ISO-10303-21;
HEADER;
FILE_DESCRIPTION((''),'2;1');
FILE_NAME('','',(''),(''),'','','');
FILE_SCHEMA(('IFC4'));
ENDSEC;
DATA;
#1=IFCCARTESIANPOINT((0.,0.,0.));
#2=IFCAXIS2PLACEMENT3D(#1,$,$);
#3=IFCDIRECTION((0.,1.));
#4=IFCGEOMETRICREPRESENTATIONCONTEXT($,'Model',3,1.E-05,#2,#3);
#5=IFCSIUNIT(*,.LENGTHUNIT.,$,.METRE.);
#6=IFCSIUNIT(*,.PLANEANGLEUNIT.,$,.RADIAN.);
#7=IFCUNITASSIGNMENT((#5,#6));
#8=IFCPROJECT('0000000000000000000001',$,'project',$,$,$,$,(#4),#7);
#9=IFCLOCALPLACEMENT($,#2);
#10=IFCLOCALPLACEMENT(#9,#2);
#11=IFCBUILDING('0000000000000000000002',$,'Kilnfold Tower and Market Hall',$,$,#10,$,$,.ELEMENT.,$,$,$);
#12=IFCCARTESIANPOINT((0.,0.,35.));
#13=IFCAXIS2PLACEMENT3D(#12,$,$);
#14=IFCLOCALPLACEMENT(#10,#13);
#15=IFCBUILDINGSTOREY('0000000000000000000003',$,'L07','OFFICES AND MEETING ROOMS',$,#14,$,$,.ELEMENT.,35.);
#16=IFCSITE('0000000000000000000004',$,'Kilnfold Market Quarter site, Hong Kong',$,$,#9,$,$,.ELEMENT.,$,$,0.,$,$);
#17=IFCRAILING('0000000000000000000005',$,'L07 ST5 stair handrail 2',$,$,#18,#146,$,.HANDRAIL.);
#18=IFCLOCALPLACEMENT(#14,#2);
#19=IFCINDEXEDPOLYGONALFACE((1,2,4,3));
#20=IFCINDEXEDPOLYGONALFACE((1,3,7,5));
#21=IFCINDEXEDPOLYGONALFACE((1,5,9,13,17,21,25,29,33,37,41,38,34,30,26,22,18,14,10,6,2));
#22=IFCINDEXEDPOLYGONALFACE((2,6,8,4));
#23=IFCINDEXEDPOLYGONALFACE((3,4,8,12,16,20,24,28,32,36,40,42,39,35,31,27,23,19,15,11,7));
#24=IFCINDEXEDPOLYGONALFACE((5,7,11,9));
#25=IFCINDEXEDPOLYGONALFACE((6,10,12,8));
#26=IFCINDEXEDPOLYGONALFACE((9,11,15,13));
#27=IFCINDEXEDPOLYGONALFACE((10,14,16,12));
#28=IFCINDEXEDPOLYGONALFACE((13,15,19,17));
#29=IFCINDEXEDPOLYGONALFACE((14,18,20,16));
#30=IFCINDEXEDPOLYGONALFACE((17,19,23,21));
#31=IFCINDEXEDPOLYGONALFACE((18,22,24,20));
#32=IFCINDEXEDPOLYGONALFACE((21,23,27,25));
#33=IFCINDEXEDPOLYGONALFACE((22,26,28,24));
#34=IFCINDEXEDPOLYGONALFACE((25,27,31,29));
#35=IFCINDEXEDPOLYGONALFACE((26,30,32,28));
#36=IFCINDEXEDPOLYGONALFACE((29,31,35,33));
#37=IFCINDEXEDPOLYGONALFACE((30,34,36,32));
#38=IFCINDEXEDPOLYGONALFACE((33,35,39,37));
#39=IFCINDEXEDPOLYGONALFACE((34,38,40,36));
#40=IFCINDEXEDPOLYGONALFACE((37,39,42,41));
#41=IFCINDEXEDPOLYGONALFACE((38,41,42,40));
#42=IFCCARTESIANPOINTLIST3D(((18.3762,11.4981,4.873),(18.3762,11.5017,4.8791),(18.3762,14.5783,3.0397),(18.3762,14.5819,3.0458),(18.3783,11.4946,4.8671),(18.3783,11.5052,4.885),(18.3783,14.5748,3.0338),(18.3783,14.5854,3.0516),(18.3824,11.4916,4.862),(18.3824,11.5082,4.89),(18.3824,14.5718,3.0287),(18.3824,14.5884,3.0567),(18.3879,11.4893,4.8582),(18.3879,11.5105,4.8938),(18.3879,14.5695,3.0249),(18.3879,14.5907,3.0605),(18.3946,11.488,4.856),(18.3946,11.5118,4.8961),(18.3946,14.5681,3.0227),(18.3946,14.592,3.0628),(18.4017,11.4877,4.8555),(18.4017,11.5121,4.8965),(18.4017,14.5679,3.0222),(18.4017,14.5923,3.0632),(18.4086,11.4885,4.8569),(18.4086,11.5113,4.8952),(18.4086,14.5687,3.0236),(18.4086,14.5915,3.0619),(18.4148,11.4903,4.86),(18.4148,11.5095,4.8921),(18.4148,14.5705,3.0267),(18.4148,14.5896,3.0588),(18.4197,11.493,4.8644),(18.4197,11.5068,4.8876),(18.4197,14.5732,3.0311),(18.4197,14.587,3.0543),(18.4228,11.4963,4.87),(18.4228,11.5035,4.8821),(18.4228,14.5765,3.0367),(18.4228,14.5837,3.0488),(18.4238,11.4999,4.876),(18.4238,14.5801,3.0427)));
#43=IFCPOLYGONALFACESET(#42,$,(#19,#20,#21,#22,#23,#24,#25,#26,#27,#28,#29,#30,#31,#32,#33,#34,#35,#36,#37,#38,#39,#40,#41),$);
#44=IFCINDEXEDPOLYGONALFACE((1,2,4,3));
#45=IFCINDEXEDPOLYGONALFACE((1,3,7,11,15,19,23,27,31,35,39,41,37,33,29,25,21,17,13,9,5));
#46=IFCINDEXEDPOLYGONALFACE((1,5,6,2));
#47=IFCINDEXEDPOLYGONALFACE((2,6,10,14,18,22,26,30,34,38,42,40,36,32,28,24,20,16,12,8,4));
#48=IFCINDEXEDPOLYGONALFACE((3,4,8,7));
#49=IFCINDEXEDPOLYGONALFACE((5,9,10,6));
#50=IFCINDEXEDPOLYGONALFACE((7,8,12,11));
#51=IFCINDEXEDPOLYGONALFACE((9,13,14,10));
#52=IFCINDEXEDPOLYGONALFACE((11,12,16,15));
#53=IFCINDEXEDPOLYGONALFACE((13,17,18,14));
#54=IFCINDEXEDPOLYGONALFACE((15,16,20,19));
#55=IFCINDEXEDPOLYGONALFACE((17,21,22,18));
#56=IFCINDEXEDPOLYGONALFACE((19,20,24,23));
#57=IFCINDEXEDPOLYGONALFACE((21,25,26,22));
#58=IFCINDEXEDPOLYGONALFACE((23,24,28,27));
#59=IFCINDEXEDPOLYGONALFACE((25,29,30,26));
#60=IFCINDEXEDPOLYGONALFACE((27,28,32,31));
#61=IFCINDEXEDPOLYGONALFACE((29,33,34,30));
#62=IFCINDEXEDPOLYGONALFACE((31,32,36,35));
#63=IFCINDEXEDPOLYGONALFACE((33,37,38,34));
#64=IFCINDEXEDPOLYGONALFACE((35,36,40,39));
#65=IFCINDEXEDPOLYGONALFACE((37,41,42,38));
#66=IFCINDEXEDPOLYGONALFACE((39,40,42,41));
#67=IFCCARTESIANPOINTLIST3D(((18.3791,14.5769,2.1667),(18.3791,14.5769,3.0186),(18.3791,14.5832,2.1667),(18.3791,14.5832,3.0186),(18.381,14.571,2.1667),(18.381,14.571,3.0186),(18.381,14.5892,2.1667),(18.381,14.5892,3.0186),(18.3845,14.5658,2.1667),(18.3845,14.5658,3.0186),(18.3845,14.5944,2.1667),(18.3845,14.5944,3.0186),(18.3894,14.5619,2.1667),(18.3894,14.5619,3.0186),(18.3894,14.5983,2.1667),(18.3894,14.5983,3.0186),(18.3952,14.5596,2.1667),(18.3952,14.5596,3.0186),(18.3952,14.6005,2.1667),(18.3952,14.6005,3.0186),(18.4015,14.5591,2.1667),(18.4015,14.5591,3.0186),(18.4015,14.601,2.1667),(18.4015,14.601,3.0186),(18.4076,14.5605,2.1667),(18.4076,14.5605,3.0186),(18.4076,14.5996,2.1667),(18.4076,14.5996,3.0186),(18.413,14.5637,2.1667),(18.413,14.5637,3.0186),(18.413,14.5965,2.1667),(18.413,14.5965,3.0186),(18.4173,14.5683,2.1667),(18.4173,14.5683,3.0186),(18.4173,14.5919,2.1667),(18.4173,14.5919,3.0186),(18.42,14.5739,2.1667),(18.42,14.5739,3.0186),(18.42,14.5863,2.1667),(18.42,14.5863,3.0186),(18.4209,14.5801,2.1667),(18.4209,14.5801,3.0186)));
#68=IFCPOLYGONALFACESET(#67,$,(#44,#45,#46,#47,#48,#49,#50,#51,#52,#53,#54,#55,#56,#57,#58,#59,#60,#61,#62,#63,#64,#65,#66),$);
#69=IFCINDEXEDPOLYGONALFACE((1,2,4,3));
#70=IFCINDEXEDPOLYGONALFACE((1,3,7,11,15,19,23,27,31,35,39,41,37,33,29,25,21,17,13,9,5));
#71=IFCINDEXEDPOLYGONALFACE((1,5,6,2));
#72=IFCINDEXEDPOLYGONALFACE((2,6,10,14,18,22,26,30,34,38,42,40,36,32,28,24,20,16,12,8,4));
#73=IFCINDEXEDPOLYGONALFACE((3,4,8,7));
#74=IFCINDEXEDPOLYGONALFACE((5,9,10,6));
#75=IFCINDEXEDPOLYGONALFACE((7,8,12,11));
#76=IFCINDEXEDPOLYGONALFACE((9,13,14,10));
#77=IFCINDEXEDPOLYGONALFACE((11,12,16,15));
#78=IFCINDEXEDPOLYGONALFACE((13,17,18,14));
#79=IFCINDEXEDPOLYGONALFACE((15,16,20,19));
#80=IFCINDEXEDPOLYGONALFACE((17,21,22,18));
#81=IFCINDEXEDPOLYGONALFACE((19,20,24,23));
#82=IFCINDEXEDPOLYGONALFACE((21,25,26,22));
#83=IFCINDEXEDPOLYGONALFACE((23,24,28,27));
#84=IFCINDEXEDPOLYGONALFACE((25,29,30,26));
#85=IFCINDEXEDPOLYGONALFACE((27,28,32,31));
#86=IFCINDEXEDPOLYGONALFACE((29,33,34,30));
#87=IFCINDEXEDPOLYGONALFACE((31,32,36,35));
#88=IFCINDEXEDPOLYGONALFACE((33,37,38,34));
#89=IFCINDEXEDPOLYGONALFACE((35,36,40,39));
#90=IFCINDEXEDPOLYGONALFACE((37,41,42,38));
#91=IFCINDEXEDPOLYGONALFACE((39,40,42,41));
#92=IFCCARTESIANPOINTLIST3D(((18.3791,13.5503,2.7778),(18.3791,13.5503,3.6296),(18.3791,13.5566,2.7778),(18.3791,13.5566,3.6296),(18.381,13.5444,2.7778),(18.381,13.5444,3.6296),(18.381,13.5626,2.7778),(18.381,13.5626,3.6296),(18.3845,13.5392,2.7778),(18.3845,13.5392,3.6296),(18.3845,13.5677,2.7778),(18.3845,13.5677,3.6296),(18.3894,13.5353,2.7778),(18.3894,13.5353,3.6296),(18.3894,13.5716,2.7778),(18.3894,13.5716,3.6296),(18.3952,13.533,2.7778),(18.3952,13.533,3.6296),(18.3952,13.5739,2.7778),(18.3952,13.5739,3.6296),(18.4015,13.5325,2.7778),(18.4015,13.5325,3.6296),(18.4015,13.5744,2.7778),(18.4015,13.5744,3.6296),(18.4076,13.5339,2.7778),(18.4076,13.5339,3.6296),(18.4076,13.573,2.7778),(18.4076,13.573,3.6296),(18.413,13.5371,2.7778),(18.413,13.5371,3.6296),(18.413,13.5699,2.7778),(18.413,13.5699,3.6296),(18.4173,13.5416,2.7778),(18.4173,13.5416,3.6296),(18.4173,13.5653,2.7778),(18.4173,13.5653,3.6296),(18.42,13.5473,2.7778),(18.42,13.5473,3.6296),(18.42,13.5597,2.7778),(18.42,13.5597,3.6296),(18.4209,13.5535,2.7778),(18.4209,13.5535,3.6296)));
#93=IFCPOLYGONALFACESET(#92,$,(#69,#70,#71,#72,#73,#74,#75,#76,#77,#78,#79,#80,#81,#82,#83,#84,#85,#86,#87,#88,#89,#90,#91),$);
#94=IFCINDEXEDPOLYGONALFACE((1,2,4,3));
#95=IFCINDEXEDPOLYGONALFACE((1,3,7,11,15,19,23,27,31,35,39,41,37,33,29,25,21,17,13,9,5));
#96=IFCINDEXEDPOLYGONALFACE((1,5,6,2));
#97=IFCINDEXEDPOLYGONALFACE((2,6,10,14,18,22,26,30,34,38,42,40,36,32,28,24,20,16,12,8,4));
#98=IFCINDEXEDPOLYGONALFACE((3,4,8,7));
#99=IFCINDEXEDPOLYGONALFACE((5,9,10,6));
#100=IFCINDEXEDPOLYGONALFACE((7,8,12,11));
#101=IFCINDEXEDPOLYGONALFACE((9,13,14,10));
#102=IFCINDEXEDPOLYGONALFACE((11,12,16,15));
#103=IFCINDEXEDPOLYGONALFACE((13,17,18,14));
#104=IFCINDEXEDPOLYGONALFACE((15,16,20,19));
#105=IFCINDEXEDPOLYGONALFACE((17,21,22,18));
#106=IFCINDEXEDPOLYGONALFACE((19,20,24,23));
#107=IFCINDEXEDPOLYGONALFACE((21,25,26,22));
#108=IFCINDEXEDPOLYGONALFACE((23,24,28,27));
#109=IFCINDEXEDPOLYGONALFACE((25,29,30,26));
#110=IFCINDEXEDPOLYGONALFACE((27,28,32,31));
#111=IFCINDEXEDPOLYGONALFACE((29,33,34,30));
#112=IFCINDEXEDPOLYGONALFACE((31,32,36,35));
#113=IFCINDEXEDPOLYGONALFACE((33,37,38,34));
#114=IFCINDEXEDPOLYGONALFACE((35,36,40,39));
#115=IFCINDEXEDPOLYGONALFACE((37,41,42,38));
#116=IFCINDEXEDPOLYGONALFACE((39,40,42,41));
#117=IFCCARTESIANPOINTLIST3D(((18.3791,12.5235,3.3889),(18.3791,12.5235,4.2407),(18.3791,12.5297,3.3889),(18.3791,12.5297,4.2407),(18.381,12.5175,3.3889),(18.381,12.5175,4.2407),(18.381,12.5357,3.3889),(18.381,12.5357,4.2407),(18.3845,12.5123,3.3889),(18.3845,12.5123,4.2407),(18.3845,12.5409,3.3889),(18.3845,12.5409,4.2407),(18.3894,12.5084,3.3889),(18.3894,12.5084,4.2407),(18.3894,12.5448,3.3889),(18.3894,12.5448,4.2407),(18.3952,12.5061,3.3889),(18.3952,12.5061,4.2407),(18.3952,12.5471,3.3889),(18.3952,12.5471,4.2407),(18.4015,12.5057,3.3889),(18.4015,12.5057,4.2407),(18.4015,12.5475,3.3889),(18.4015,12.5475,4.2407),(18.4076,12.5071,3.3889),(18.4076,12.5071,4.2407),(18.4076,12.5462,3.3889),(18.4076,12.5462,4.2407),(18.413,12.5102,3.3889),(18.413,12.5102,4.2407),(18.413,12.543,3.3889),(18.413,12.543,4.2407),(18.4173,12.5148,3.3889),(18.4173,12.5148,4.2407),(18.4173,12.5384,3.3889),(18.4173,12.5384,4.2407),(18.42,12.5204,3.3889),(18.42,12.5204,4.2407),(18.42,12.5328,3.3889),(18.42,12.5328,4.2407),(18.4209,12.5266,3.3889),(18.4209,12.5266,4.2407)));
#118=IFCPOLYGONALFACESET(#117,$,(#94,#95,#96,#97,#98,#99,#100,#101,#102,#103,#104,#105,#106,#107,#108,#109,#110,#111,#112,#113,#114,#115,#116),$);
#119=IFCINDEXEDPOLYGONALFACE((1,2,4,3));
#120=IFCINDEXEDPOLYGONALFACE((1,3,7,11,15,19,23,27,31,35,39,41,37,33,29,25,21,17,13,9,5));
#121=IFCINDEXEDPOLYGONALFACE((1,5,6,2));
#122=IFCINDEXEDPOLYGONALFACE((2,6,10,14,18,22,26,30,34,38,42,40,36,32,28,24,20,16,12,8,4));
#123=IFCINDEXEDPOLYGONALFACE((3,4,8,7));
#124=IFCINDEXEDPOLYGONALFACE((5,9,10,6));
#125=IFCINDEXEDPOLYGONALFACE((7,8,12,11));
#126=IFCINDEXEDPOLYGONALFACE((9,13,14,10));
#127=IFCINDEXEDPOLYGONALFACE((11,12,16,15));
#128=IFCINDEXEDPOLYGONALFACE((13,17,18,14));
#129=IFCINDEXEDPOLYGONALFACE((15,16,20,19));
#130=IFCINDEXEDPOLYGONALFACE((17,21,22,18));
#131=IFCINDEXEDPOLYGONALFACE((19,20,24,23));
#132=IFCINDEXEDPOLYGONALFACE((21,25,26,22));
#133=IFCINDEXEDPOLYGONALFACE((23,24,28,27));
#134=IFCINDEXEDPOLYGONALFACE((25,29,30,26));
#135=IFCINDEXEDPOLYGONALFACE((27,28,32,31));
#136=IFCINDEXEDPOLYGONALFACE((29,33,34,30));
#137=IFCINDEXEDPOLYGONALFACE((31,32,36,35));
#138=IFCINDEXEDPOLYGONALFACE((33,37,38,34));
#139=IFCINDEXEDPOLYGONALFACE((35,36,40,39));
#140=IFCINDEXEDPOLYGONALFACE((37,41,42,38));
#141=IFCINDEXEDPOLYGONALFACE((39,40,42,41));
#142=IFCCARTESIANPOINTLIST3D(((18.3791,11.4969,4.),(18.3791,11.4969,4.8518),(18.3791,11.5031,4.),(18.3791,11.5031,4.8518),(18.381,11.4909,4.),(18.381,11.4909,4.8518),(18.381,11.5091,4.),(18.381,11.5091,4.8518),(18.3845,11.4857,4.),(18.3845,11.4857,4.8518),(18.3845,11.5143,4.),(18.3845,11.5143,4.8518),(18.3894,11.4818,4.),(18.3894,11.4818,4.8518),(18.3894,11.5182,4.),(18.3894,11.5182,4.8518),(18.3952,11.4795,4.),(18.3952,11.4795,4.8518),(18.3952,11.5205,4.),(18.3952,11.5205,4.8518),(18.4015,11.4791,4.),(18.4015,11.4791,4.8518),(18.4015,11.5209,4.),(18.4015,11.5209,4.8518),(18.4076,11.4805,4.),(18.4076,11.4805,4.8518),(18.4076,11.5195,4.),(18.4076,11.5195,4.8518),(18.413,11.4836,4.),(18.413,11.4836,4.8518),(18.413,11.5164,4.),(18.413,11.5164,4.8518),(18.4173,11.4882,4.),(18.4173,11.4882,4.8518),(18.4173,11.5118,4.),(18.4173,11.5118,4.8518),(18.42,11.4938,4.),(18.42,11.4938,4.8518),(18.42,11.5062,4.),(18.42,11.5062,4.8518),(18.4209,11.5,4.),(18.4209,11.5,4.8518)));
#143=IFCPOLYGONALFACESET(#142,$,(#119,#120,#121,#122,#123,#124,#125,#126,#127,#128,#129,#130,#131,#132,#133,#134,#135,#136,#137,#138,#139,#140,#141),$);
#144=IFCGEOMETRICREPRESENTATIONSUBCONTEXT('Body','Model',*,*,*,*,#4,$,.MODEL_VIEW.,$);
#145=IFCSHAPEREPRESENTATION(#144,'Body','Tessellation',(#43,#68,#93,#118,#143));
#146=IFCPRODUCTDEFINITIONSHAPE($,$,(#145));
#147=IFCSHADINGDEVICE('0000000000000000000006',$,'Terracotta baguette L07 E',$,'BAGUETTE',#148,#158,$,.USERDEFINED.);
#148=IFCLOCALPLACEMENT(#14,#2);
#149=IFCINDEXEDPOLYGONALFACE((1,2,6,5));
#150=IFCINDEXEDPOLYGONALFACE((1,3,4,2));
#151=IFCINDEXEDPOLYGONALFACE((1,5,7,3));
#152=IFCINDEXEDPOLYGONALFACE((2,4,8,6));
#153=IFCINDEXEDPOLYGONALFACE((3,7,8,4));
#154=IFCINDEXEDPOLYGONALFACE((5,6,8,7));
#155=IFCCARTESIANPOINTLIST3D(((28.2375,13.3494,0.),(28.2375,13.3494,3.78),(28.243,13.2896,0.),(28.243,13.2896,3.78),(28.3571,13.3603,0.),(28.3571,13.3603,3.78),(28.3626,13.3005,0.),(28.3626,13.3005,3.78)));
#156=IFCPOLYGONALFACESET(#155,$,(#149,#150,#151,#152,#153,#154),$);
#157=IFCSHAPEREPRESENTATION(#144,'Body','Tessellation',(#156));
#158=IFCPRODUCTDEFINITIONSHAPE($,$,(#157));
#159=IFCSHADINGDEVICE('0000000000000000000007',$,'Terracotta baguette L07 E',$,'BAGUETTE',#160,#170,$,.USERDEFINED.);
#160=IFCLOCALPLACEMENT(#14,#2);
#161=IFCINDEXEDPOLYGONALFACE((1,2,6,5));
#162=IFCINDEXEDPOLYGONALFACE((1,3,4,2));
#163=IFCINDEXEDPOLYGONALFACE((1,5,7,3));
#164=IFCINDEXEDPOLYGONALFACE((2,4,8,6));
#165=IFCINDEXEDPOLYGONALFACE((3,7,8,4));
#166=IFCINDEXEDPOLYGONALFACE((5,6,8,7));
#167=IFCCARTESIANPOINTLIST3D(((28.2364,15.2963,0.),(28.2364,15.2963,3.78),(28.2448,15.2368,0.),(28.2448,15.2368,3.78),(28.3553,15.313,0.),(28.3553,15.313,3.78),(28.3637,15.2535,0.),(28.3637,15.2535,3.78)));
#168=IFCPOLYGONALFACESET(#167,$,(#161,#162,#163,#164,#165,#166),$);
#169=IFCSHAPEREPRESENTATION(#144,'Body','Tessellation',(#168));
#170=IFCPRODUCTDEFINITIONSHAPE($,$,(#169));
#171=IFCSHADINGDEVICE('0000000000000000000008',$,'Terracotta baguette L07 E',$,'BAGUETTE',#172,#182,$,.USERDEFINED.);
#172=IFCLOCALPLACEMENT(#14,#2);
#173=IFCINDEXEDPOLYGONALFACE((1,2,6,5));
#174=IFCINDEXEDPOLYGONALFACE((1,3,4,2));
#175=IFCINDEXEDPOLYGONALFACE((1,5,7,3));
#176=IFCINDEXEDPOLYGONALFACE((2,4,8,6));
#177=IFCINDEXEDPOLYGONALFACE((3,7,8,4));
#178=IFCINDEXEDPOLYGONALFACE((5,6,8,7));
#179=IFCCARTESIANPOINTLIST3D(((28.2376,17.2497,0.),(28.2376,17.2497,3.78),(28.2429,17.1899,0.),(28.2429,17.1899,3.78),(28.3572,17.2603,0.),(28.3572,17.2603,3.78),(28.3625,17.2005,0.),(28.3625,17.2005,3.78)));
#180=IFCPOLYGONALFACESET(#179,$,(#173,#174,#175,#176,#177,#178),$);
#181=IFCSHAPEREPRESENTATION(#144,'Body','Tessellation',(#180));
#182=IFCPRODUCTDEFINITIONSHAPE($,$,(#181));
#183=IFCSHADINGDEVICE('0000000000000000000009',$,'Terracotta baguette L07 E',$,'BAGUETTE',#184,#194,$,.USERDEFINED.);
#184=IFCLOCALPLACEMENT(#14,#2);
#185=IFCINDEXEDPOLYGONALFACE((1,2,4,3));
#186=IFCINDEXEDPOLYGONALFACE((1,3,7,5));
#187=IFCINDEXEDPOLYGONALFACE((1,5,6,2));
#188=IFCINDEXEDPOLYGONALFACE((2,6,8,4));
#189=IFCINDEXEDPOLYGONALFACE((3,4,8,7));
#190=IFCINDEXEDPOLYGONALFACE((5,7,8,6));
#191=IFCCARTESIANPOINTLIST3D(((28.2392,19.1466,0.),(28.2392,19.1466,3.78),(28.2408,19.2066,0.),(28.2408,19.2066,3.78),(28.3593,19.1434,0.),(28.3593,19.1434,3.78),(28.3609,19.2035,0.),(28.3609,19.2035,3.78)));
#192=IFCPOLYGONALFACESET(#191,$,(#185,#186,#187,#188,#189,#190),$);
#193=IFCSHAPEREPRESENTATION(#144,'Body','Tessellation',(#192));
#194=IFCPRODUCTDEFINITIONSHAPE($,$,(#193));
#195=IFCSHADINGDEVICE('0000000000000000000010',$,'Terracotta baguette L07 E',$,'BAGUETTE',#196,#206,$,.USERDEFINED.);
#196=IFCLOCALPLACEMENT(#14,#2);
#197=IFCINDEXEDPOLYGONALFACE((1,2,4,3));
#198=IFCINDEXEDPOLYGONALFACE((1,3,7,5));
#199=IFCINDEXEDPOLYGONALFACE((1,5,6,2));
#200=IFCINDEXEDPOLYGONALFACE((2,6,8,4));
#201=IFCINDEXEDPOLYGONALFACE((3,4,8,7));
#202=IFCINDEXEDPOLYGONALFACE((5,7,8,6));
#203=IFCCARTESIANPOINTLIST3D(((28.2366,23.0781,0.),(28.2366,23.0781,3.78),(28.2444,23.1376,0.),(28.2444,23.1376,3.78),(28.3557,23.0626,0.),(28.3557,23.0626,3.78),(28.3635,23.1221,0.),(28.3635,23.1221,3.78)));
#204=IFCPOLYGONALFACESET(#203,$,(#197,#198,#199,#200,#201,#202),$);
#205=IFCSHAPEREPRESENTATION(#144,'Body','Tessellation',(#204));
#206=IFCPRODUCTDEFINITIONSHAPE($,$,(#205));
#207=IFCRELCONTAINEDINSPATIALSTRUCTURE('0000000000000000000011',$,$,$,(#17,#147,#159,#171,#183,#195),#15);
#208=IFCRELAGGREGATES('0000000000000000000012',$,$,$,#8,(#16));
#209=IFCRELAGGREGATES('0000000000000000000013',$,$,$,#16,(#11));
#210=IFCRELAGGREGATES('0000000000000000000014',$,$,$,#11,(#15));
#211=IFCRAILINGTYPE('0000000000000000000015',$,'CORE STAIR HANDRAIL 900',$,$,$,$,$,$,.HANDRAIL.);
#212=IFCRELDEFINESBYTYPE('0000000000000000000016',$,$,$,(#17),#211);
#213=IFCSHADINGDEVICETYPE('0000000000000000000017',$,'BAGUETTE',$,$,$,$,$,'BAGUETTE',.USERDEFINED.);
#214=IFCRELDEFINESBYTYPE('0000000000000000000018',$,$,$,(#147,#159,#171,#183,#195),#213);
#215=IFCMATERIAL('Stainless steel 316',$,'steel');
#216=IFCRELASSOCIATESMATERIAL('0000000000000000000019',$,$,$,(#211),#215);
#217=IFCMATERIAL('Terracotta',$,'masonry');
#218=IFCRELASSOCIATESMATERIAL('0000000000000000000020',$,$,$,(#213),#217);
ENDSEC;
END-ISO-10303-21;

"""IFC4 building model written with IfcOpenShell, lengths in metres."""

from ifc_helpers import new_model, si_unit, direction, frame, origin, origin_2d, place, context, subcontext, project, spatial, rectangle, circle, extrude, source, transform, mapped, material, material_profile, profile_set, type_object, element, save


model = new_model("IFC4")

# Units and contexts
model_context = context("Model", 3, precision=1e-05, world=origin(), true_north=direction((0.0, 1.0)))
body_context = subcontext(model_context, "Body", "Model", "MODEL_VIEW")
ifc_project = project(units=[si_unit("LENGTHUNIT", "METRE"), si_unit("PLANEANGLEUNIT", "RADIAN")], contexts=[model_context])

# Site, building, storey
site_placement = place(None, origin())
site = spatial("IfcSite", under=ifc_project, at=site_placement, Name="Kilnfold Market Quarter site, Hong Kong", CompositionType="ELEMENT", RefElevation=0.0)
building_placement = place(site_placement, origin())
building = spatial("IfcBuilding", under=site, at=building_placement, Name="Kilnfold Tower and Market Hall", CompositionType="ELEMENT")
storey_placement = place(building_placement, frame((0.0, 0.0, 35.0)))
storey = spatial("IfcBuildingStorey", under=building, at=storey_placement, Name="L07", Description="OFFICES AND MEETING ROOMS", CompositionType="ELEMENT", Elevation=35.0)

# Railing
ifc_material_1 = material(Name="Stainless steel 316", Category="steel")
railing_type_1 = type_object("IfcRailingType", Name="CORE STAIR HANDRAIL 900", PredefinedType="HANDRAIL", material=ifc_material_1)
railing_1_placement = place(storey_placement, frame((18.3999, 14.5801, 2.1667)))
element("IfcRailing", 1, at=railing_1_placement, inside=storey, type_object=railing_type_1, Name="L07 ST5 stair handrail 2", PredefinedType="HANDRAIL", context=body_context, shape_type="SweptSolid", body=[
    extrude(circle(Radius=0.0239, at=origin_2d()), frame((0.0, 0.0, 0.876), z_axis=(0.0, -0.859309, 0.511458), x_axis=(1.0, 0.0, 0.0)), (0.0, 0.0, 1.0), 3.5845),
    extrude(circle(Radius=0.021, at=origin_2d()), origin(), (0.0, 0.0, 1.0), 0.8518),
    extrude(circle(Radius=0.021, at=origin_2d()), frame((0.0, -1.0266, 0.6111)), (0.0, 0.0, 1.0), 0.8518),
    extrude(circle(Radius=0.021, at=origin_2d()), frame((0.0, -2.0535, 1.2222)), (0.0, 0.0, 1.0), 0.8518),
    extrude(circle(Radius=0.021, at=origin_2d()), frame((0.0, -3.0801, 1.8333)), (0.0, 0.0, 1.0), 0.8518),
])

# Shading devices
ifc_material_2 = material(Name="Terracotta", Category="masonry")
ifc_material_profile_1 = material_profile(ifc_material_2, rectangle(XDim=0.0601, YDim=0.1201, at=origin_2d()), Name="BAG 60x120")
ifc_profile_set_1 = profile_set([ifc_material_profile_1], Name="Terracotta")
shading_device_type = type_object("IfcShadingDeviceType", Name="BAGUETTE", ElementType="BAGUETTE", PredefinedType="USERDEFINED", material=ifc_profile_set_1)
shared_shape_1 = source(origin(), body_context, "Body", "SweptSolid", [
    extrude(rectangle(XDim=0.0601, YDim=0.1201, at=origin_2d()), origin(), (0.0, 0.0, 1.0), 3.78),
])
for number, where, z_axis, x_axis, name in (
    (2, (28.3, 13.325, 0.0), (0.0, 0.0, 1.0), (-0.090448, 0.995901, 0.0), "Terracotta baguette L07 E"),
    (3, (28.3, 15.2749, 0.0), (0.0, 0.0, 1.0), (-0.139166, 0.990269, 0.0), "Terracotta baguette L07 E"),
    (4, (28.3, 17.2251, 0.0), (0.0, 0.0, 1.0), (-0.088268, 0.996097, 0.0), "Terracotta baguette L07 E"),
    (5, (28.3, 19.175, 0.0), (0.0, 0.0, 1.0), (0.026329, 0.999653, 0.0), "Terracotta baguette L07 E"),
    (6, (28.3, 23.1001, 0.0), (0.0, 0.0, 1.0), (0.129278, 0.991608, 0.0), "Terracotta baguette L07 E"),
):
    element("IfcShadingDevice", number, at=place(storey_placement, frame(where, z_axis=z_axis, x_axis=x_axis)), inside=storey, type_object=shading_device_type, Name=name, ObjectType="BAGUETTE", PredefinedType="USERDEFINED", context=body_context, shape_type="MappedRepresentation", body=[
        mapped(shared_shape_1, transform((0.0, 0.0, 0.0))),
    ])

save(model, "model.ifc")
